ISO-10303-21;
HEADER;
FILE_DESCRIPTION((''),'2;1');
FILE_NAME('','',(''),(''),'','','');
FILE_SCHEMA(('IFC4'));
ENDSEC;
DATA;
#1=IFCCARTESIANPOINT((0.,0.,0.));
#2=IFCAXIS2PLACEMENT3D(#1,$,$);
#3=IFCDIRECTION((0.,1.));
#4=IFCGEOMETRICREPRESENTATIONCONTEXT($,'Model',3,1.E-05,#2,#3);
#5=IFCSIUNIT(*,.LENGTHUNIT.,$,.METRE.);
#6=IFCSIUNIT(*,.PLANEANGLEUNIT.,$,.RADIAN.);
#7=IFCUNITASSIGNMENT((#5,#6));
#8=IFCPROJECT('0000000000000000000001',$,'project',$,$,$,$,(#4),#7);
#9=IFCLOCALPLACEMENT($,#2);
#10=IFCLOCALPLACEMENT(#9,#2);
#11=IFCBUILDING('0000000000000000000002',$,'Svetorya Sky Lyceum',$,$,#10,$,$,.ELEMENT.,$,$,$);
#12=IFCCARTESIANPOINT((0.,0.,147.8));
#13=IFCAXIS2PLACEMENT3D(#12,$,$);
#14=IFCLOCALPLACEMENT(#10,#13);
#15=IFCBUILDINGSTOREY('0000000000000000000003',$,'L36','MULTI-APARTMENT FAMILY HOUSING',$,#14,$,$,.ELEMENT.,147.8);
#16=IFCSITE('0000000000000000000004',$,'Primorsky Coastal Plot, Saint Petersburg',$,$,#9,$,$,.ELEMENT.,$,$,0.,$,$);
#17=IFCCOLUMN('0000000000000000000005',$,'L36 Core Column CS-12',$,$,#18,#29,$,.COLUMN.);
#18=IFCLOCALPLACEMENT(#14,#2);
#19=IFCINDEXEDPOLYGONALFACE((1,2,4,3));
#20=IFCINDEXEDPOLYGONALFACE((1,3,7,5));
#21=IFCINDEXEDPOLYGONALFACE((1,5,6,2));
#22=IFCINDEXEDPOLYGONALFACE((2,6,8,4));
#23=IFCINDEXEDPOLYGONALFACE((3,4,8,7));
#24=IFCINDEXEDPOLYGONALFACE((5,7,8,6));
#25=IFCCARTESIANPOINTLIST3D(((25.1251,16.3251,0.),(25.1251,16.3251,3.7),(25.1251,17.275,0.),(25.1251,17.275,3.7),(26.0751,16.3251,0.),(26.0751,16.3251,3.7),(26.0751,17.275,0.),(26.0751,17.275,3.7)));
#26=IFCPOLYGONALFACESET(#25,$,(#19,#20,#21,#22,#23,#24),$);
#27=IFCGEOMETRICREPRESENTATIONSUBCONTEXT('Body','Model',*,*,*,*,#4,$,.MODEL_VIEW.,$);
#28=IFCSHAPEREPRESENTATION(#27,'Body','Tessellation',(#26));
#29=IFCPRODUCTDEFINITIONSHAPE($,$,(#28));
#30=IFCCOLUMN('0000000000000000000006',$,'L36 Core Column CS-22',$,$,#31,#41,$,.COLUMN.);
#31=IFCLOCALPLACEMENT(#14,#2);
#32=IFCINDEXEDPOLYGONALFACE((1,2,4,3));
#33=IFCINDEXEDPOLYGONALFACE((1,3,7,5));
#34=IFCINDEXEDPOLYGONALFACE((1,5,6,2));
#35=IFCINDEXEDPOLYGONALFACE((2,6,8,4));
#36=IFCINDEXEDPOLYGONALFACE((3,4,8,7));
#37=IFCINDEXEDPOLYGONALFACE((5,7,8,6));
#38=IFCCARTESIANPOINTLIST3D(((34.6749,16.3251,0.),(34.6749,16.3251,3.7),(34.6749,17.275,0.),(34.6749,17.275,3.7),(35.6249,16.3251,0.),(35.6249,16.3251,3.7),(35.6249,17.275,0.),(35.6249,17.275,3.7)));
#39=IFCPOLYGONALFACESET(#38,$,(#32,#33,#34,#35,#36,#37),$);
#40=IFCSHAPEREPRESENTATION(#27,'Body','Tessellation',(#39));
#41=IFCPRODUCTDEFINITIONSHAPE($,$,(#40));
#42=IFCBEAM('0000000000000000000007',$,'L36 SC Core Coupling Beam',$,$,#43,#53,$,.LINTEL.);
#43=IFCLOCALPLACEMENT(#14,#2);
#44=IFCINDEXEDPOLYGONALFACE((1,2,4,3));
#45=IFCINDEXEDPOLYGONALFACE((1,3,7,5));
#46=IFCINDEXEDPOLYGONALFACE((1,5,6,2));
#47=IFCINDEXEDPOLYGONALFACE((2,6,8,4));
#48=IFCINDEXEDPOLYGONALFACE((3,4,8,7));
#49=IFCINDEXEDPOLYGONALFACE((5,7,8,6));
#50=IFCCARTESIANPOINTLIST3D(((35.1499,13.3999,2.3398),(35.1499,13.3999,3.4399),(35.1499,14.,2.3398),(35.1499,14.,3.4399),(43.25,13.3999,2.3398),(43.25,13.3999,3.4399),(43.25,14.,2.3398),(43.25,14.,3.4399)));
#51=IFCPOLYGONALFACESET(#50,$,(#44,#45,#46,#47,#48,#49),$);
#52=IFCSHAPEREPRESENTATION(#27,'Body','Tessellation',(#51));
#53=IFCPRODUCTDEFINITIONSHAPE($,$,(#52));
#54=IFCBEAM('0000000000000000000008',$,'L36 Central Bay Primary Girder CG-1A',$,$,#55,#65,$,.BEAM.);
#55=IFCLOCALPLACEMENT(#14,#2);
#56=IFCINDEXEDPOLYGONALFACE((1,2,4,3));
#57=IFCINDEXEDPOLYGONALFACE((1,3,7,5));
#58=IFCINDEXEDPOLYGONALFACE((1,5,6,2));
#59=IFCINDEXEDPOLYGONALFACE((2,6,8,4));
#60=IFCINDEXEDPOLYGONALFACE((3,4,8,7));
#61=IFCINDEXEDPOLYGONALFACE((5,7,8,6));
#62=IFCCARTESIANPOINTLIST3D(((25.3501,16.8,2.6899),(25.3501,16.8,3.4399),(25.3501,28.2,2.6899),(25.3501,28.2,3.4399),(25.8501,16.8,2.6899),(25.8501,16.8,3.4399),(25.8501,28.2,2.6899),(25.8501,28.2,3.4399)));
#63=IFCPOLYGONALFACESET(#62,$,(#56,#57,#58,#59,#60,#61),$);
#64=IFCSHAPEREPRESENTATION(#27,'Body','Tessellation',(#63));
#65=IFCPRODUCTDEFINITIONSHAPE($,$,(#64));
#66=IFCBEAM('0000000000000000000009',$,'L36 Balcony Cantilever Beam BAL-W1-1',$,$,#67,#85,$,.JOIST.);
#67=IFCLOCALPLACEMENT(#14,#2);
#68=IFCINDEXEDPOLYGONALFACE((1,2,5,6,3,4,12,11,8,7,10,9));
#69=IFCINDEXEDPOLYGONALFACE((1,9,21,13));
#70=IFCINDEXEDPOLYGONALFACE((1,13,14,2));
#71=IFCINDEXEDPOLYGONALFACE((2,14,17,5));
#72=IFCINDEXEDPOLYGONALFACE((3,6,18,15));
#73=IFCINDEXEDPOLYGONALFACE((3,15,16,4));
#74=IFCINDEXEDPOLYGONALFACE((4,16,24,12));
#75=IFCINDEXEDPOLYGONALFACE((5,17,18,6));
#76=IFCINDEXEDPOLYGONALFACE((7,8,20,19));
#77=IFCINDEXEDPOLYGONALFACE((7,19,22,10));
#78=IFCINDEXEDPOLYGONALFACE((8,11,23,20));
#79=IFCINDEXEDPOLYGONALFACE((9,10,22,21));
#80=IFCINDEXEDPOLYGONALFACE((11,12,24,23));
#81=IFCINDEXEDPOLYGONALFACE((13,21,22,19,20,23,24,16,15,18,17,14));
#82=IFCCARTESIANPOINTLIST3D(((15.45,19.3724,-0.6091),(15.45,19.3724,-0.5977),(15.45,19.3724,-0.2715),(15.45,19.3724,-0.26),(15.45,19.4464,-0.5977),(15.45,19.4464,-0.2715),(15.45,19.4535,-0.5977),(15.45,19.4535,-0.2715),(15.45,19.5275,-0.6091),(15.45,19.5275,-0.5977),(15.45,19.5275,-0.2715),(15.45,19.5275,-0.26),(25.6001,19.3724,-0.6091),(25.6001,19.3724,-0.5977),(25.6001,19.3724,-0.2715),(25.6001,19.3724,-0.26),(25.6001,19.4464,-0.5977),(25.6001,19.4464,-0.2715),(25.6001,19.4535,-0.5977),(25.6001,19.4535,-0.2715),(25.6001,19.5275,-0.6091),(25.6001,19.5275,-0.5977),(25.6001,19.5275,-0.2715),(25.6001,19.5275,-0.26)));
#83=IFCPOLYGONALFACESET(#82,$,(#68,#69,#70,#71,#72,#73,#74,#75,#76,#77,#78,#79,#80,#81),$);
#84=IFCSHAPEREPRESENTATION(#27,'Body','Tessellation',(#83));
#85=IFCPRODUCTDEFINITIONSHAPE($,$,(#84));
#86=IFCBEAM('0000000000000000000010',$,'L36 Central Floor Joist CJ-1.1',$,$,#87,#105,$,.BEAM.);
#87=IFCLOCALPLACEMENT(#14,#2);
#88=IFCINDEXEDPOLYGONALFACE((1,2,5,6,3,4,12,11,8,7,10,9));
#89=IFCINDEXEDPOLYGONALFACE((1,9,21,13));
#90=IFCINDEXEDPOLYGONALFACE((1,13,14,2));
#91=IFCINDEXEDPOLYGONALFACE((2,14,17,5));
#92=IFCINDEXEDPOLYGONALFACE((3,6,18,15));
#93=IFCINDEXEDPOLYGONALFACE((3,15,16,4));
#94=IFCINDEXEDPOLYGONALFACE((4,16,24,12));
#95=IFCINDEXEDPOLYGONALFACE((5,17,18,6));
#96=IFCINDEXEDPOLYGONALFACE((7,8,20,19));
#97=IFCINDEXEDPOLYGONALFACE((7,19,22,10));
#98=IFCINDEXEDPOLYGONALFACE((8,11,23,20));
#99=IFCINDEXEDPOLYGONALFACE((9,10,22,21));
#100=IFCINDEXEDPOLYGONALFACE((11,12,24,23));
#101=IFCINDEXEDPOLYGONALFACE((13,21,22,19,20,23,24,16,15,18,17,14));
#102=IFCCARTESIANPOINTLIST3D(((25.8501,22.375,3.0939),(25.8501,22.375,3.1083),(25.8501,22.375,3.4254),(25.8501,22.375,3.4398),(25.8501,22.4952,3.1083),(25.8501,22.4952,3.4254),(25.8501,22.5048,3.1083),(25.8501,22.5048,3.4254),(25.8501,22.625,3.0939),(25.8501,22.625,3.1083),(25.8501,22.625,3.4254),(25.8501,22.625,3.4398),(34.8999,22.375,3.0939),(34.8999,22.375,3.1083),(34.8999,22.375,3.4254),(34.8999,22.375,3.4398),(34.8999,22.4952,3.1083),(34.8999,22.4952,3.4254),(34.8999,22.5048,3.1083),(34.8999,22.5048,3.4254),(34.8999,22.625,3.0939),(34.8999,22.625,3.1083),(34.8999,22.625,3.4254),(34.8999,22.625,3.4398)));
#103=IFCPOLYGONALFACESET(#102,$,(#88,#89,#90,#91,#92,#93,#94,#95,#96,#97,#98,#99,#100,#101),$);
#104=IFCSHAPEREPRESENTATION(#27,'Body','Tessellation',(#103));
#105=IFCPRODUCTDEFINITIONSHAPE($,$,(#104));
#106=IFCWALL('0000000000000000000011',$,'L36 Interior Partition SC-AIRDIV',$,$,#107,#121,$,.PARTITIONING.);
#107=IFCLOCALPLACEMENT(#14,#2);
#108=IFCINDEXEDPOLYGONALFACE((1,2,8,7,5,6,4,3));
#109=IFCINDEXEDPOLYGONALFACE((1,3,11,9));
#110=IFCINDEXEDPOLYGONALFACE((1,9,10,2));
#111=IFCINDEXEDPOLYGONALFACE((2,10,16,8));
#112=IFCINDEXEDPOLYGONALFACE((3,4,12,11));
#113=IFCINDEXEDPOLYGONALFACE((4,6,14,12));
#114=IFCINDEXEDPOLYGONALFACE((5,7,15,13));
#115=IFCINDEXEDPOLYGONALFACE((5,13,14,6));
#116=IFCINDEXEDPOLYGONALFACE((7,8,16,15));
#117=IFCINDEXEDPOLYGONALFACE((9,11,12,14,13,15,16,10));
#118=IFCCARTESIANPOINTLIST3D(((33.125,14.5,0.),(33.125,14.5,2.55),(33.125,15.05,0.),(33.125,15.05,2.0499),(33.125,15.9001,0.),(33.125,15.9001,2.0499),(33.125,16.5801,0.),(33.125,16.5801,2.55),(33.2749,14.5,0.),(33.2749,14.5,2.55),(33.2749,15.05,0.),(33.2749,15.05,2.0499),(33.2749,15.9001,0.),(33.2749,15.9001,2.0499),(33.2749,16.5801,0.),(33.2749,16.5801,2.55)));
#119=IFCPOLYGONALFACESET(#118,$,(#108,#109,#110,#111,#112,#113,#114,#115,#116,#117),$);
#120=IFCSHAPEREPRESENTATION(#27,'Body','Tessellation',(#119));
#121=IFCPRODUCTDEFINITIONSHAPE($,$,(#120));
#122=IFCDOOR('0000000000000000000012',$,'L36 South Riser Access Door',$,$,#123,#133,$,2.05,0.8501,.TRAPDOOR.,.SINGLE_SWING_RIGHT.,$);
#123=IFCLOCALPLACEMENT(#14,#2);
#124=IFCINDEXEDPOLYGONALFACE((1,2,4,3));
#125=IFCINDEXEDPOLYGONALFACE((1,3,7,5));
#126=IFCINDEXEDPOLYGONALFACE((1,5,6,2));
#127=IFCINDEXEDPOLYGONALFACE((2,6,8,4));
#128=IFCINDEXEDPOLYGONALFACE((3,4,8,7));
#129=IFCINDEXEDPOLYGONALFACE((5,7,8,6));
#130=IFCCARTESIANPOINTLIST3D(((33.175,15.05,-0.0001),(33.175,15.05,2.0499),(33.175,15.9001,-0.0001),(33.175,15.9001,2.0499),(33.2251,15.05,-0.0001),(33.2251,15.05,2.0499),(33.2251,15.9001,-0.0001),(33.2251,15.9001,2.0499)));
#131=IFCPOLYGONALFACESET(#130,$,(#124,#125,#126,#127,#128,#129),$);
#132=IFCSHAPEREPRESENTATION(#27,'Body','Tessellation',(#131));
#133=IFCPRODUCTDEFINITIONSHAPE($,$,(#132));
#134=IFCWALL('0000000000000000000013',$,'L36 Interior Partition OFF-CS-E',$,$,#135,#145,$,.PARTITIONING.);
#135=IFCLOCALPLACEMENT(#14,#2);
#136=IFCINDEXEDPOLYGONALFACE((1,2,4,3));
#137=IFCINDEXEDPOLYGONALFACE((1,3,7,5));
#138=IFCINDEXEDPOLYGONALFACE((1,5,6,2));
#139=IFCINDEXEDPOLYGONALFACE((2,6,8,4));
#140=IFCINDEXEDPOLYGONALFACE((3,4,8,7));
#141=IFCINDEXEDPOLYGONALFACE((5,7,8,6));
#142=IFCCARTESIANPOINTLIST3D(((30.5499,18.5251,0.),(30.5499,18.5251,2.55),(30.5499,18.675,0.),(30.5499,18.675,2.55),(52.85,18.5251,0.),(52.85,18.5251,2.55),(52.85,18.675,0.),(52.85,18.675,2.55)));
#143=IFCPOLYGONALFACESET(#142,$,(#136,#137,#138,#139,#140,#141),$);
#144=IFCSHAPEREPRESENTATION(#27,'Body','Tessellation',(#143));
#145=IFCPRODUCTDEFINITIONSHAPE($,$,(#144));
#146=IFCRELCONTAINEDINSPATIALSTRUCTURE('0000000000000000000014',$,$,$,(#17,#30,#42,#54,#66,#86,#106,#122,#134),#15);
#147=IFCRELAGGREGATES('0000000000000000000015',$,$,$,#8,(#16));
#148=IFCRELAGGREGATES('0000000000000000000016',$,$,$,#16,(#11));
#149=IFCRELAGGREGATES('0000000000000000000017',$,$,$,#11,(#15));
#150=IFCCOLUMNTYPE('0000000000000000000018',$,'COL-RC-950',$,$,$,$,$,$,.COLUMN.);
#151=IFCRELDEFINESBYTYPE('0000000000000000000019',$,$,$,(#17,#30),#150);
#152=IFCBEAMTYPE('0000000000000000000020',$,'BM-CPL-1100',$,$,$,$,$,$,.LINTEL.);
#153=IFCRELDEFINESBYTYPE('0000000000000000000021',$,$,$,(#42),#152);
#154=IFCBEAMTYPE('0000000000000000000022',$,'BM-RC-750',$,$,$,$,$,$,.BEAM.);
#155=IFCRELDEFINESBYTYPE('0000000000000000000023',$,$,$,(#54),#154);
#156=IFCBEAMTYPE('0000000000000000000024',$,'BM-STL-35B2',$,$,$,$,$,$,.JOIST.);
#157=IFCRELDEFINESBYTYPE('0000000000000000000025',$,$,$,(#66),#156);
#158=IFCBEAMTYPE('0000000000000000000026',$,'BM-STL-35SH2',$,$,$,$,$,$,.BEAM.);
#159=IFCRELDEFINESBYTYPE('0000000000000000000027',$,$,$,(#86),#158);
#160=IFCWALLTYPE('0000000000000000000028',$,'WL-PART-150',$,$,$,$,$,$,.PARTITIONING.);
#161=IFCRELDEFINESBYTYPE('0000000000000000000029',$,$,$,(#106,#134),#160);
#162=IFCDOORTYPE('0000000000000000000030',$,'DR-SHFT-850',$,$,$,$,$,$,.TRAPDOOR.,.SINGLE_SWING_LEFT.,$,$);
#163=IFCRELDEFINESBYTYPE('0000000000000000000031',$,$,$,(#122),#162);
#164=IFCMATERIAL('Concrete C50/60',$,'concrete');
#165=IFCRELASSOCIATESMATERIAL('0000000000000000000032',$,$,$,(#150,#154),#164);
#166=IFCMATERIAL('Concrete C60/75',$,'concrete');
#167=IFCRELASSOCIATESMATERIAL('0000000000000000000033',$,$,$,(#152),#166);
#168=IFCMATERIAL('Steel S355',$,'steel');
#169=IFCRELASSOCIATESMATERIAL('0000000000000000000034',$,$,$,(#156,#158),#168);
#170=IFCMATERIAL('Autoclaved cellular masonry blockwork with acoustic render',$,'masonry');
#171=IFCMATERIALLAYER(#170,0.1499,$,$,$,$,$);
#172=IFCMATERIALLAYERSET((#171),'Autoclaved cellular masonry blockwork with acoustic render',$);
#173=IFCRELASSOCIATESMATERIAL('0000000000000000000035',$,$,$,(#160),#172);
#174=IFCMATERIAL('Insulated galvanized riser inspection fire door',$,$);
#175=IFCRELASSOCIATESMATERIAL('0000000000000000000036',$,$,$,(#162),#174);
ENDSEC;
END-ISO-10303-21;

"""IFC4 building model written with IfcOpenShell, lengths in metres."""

from ifc_helpers import new_model, si_unit, direction, frame, frame_2d, origin, origin_2d, place, context, subcontext, project, spatial, rectangle, i_section, extrude, material, layer, layer_set, material_profile, profile_set, type_object, element, fill, save


model = new_model("IFC4")

# Units and contexts
model_context = context("Model", 3, precision=1e-05, world=origin(), true_north=direction((0.0, 1.0)))
body_context = subcontext(model_context, "Body", "Model", "MODEL_VIEW")
ifc_project = project(units=[si_unit("LENGTHUNIT", "METRE"), si_unit("PLANEANGLEUNIT", "RADIAN")], contexts=[model_context])

# Site, building, storey
site_placement = place(None, origin())
site = spatial("IfcSite", under=ifc_project, at=site_placement, Name="Primorsky Coastal Plot, Saint Petersburg", CompositionType="ELEMENT", RefElevation=0.0)
building_placement = place(site_placement, origin())
building = spatial("IfcBuilding", under=site, at=building_placement, Name="Svetorya Sky Lyceum", CompositionType="ELEMENT")
storey_placement = place(building_placement, frame((0.0, 0.0, 147.8)))
storey = spatial("IfcBuildingStorey", under=building, at=storey_placement, Name="L36", Description="MULTI-APARTMENT FAMILY HOUSING", CompositionType="ELEMENT", Elevation=147.8)

# Columns
ifc_material_1 = material(Name="Concrete C50/60", Category="concrete")
ifc_material_profile_1 = material_profile(ifc_material_1, rectangle(XDim=0.95, YDim=0.95, at=origin_2d()), Name="RC COL 950x950")
ifc_profile_set_1 = profile_set([ifc_material_profile_1], Name="Concrete C50/60")
column_type = type_object("IfcColumnType", Name="COL-RC-950", PredefinedType="COLUMN", material=ifc_profile_set_1)
for number, where, z_axis, x_axis, name in (
    (1, (25.6001, 16.8, 0.0), (0.0, 0.0, 1.0), (1.0, 0.0, 0.0), "L36 Core Column CS-12"),
    (2, (35.1499, 16.8, 0.0), (0.0, 0.0, 1.0), (1.0, 0.0, 0.0), "L36 Core Column CS-22"),
):
    element("IfcColumn", number, at=place(storey_placement, frame(where, z_axis=z_axis, x_axis=x_axis)), inside=storey, type_object=column_type, Name=name, PredefinedType="COLUMN", context=body_context, shape_type="SweptSolid", body=[
        extrude(rectangle(XDim=0.95, YDim=0.95, at=origin_2d()), origin(), (0.0, 0.0, 1.0), 3.7),
    ])

# Beams
ifc_material_2 = material(Name="Concrete C60/75", Category="concrete")
ifc_material_profile_2 = material_profile(ifc_material_2, rectangle(XDim=0.6001, YDim=1.1001, at=origin_2d()), Name="RC COUPLING 600x1100")
ifc_profile_set_2 = profile_set([ifc_material_profile_2], Name="Concrete C60/75")
beam_type_1 = type_object("IfcBeamType", Name="BM-CPL-1100", PredefinedType="LINTEL", material=ifc_profile_set_2)
beam_1_placement = place(storey_placement, frame((35.1499, 13.7, 2.8899), z_axis=(1.0, 0.0, 0.0), x_axis=(0.0, 1.0, 0.0)))
element("IfcBeam", 3, at=beam_1_placement, inside=storey, type_object=beam_type_1, Name="L36 SC Core Coupling Beam", PredefinedType="LINTEL", context=body_context, shape_type="SweptSolid", body=[
    extrude(rectangle(XDim=0.6001, YDim=1.1001, at=origin_2d()), origin(), (0.0, 0.0, 1.0), 8.1001),
])
ifc_material_profile_3 = material_profile(ifc_material_1, rectangle(XDim=0.5, YDim=0.75, at=origin_2d()), Name="RC BEAM 500x750")
ifc_profile_set_3 = profile_set([ifc_material_profile_3], Name="Concrete C50/60")
beam_type_2 = type_object("IfcBeamType", Name="BM-RC-750", PredefinedType="BEAM", material=ifc_profile_set_3)
beam_2_placement = place(storey_placement, frame((25.6001, 16.8, 3.0649), z_axis=(0.0, 1.0, 0.0), x_axis=(-1.0, 0.0, 0.0)))
element("IfcBeam", 4, at=beam_2_placement, inside=storey, type_object=beam_type_2, Name="L36 Central Bay Primary Girder CG-1A", PredefinedType="BEAM", context=body_context, shape_type="SweptSolid", body=[
    extrude(rectangle(XDim=0.5, YDim=0.75, at=origin_2d()), origin(), (0.0, 0.0, 1.0), 11.3999),
])
ifc_material_3 = material(Name="Steel S355", Category="steel")
ifc_material_profile_4 = material_profile(ifc_material_3, i_section(OverallWidth=0.155, OverallDepth=0.3491, WebThickness=0.0071, FlangeThickness=0.0115, at=origin_2d()), Name="GOST 35B2")
ifc_profile_set_4 = profile_set([ifc_material_profile_4], Name="Steel S355")
beam_type_3 = type_object("IfcBeamType", Name="BM-STL-35B2", PredefinedType="JOIST", material=ifc_profile_set_4)
beam_3_placement = place(storey_placement, frame((25.6001, 19.45, -0.4346), z_axis=(-1.0, 0.0, 0.0), x_axis=(0.0, -1.0, 0.0)))
element("IfcBeam", 5, at=beam_3_placement, inside=storey, type_object=beam_type_3, Name="L36 Balcony Cantilever Beam BAL-W1-1", PredefinedType="JOIST", context=body_context, shape_type="SweptSolid", body=[
    extrude(i_section(OverallWidth=0.155, OverallDepth=0.3491, WebThickness=0.0071, FlangeThickness=0.0115, at=origin_2d()), origin(), (0.0, 0.0, 1.0), 10.1501),
])
ifc_material_profile_5 = material_profile(ifc_material_3, i_section(OverallWidth=0.25, OverallDepth=0.3459, WebThickness=0.0095, FlangeThickness=0.0144, at=origin_2d()), Name="GOST 35Sh2")
ifc_profile_set_5 = profile_set([ifc_material_profile_5], Name="Steel S355")
beam_type_4 = type_object("IfcBeamType", Name="BM-STL-35SH2", PredefinedType="BEAM", material=ifc_profile_set_5)
beam_4_placement = place(storey_placement, frame((25.8501, 22.5, 3.2668), z_axis=(1.0, 0.0, 0.0), x_axis=(0.0, 1.0, 0.0)))
element("IfcBeam", 6, at=beam_4_placement, inside=storey, type_object=beam_type_4, Name="L36 Central Floor Joist CJ-1.1", PredefinedType="BEAM", context=body_context, shape_type="SweptSolid", body=[
    extrude(i_section(OverallWidth=0.25, OverallDepth=0.3459, WebThickness=0.0095, FlangeThickness=0.0144, at=origin_2d()), origin(), (0.0, 0.0, 1.0), 9.0498),
])

# Wall, opening, door
ifc_material_4 = material(Name="Autoclaved cellular masonry blockwork with acoustic render", Category="masonry")
ifc_layer_1 = layer(ifc_material_4, 0.1499)
ifc_layer_set_1 = layer_set([ifc_layer_1], Name="Autoclaved cellular masonry blockwork with acoustic render")
wall_type_1 = type_object("IfcWallType", Name="WL-PART-150", PredefinedType="PARTITIONING", material=ifc_layer_set_1)
wall_1_placement = place(storey_placement, frame((33.2, 14.5, 0.0), z_axis=(0.0, 0.0, 1.0), x_axis=(0.0, 1.0, 0.0)))
wall_1 = element("IfcWall", 7, at=wall_1_placement, inside=storey, type_object=wall_type_1, Name="L36 Interior Partition SC-AIRDIV", PredefinedType="PARTITIONING", context=body_context, shape_type="SweptSolid", body=[
    extrude(rectangle(XDim=2.0801, YDim=0.1499, at=frame_2d((1.04, 0.0))), origin(), (0.0, 0.0, 1.0), 2.55),
])
opening_1_placement = place(wall_1_placement, frame((0.55, 0.0, 0.0)))
opening_1 = element("IfcOpeningElement", 8, at=opening_1_placement, cuts=wall_1, PredefinedType="OPENING", context=body_context, shape_type="SweptSolid", body=[
    extrude(rectangle(XDim=0.8501, YDim=2.05, at=frame_2d((0.425, 1.0249))), frame((0.0, 0.085, 0.0), z_axis=(0.0, -1.0, 0.0), x_axis=(1.0, 0.0, 0.0)), (0.0, 0.0, 1.0), 0.1699),
])
ifc_material_5 = material(Name="Insulated galvanized riser inspection fire door")
door_type_1 = type_object("IfcDoorType", Name="DR-SHFT-850", OperationType="SINGLE_SWING_LEFT", PredefinedType="TRAPDOOR", material=ifc_material_5)
door_1_placement = place(opening_1_placement, origin())
door_1 = element("IfcDoor", 9, at=door_1_placement, inside=storey, type_object=door_type_1, Name="L36 South Riser Access Door", OperationType="SINGLE_SWING_RIGHT", OverallHeight=2.05, OverallWidth=0.8501, PredefinedType="TRAPDOOR", context=body_context, shape_type="SweptSolid", body=[
    extrude(rectangle(XDim=0.8501, YDim=2.05, at=frame_2d((0.425, 1.0249))), frame((0.0, 0.0249, 0.0), z_axis=(0.0, -1.0, 0.0), x_axis=(1.0, 0.0, 0.0)), (0.0, 0.0, 1.0), 0.05),
])
fill(opening_1, door_1)

# Wall
wall_2_placement = place(storey_placement, frame((30.55, 18.6001, 0.0), z_axis=(0.0, 0.0, 1.0), x_axis=(1.0, 0.0, 0.0)))
element("IfcWall", 10, at=wall_2_placement, inside=storey, type_object=wall_type_1, Name="L36 Interior Partition OFF-CS-E", PredefinedType="PARTITIONING", context=body_context, shape_type="SweptSolid", body=[
    extrude(rectangle(XDim=22.3, YDim=0.1499, at=frame_2d((11.1499, 0.0))), origin(), (0.0, 0.0, 1.0), 2.55),
])

save(model, "model.ifc")
